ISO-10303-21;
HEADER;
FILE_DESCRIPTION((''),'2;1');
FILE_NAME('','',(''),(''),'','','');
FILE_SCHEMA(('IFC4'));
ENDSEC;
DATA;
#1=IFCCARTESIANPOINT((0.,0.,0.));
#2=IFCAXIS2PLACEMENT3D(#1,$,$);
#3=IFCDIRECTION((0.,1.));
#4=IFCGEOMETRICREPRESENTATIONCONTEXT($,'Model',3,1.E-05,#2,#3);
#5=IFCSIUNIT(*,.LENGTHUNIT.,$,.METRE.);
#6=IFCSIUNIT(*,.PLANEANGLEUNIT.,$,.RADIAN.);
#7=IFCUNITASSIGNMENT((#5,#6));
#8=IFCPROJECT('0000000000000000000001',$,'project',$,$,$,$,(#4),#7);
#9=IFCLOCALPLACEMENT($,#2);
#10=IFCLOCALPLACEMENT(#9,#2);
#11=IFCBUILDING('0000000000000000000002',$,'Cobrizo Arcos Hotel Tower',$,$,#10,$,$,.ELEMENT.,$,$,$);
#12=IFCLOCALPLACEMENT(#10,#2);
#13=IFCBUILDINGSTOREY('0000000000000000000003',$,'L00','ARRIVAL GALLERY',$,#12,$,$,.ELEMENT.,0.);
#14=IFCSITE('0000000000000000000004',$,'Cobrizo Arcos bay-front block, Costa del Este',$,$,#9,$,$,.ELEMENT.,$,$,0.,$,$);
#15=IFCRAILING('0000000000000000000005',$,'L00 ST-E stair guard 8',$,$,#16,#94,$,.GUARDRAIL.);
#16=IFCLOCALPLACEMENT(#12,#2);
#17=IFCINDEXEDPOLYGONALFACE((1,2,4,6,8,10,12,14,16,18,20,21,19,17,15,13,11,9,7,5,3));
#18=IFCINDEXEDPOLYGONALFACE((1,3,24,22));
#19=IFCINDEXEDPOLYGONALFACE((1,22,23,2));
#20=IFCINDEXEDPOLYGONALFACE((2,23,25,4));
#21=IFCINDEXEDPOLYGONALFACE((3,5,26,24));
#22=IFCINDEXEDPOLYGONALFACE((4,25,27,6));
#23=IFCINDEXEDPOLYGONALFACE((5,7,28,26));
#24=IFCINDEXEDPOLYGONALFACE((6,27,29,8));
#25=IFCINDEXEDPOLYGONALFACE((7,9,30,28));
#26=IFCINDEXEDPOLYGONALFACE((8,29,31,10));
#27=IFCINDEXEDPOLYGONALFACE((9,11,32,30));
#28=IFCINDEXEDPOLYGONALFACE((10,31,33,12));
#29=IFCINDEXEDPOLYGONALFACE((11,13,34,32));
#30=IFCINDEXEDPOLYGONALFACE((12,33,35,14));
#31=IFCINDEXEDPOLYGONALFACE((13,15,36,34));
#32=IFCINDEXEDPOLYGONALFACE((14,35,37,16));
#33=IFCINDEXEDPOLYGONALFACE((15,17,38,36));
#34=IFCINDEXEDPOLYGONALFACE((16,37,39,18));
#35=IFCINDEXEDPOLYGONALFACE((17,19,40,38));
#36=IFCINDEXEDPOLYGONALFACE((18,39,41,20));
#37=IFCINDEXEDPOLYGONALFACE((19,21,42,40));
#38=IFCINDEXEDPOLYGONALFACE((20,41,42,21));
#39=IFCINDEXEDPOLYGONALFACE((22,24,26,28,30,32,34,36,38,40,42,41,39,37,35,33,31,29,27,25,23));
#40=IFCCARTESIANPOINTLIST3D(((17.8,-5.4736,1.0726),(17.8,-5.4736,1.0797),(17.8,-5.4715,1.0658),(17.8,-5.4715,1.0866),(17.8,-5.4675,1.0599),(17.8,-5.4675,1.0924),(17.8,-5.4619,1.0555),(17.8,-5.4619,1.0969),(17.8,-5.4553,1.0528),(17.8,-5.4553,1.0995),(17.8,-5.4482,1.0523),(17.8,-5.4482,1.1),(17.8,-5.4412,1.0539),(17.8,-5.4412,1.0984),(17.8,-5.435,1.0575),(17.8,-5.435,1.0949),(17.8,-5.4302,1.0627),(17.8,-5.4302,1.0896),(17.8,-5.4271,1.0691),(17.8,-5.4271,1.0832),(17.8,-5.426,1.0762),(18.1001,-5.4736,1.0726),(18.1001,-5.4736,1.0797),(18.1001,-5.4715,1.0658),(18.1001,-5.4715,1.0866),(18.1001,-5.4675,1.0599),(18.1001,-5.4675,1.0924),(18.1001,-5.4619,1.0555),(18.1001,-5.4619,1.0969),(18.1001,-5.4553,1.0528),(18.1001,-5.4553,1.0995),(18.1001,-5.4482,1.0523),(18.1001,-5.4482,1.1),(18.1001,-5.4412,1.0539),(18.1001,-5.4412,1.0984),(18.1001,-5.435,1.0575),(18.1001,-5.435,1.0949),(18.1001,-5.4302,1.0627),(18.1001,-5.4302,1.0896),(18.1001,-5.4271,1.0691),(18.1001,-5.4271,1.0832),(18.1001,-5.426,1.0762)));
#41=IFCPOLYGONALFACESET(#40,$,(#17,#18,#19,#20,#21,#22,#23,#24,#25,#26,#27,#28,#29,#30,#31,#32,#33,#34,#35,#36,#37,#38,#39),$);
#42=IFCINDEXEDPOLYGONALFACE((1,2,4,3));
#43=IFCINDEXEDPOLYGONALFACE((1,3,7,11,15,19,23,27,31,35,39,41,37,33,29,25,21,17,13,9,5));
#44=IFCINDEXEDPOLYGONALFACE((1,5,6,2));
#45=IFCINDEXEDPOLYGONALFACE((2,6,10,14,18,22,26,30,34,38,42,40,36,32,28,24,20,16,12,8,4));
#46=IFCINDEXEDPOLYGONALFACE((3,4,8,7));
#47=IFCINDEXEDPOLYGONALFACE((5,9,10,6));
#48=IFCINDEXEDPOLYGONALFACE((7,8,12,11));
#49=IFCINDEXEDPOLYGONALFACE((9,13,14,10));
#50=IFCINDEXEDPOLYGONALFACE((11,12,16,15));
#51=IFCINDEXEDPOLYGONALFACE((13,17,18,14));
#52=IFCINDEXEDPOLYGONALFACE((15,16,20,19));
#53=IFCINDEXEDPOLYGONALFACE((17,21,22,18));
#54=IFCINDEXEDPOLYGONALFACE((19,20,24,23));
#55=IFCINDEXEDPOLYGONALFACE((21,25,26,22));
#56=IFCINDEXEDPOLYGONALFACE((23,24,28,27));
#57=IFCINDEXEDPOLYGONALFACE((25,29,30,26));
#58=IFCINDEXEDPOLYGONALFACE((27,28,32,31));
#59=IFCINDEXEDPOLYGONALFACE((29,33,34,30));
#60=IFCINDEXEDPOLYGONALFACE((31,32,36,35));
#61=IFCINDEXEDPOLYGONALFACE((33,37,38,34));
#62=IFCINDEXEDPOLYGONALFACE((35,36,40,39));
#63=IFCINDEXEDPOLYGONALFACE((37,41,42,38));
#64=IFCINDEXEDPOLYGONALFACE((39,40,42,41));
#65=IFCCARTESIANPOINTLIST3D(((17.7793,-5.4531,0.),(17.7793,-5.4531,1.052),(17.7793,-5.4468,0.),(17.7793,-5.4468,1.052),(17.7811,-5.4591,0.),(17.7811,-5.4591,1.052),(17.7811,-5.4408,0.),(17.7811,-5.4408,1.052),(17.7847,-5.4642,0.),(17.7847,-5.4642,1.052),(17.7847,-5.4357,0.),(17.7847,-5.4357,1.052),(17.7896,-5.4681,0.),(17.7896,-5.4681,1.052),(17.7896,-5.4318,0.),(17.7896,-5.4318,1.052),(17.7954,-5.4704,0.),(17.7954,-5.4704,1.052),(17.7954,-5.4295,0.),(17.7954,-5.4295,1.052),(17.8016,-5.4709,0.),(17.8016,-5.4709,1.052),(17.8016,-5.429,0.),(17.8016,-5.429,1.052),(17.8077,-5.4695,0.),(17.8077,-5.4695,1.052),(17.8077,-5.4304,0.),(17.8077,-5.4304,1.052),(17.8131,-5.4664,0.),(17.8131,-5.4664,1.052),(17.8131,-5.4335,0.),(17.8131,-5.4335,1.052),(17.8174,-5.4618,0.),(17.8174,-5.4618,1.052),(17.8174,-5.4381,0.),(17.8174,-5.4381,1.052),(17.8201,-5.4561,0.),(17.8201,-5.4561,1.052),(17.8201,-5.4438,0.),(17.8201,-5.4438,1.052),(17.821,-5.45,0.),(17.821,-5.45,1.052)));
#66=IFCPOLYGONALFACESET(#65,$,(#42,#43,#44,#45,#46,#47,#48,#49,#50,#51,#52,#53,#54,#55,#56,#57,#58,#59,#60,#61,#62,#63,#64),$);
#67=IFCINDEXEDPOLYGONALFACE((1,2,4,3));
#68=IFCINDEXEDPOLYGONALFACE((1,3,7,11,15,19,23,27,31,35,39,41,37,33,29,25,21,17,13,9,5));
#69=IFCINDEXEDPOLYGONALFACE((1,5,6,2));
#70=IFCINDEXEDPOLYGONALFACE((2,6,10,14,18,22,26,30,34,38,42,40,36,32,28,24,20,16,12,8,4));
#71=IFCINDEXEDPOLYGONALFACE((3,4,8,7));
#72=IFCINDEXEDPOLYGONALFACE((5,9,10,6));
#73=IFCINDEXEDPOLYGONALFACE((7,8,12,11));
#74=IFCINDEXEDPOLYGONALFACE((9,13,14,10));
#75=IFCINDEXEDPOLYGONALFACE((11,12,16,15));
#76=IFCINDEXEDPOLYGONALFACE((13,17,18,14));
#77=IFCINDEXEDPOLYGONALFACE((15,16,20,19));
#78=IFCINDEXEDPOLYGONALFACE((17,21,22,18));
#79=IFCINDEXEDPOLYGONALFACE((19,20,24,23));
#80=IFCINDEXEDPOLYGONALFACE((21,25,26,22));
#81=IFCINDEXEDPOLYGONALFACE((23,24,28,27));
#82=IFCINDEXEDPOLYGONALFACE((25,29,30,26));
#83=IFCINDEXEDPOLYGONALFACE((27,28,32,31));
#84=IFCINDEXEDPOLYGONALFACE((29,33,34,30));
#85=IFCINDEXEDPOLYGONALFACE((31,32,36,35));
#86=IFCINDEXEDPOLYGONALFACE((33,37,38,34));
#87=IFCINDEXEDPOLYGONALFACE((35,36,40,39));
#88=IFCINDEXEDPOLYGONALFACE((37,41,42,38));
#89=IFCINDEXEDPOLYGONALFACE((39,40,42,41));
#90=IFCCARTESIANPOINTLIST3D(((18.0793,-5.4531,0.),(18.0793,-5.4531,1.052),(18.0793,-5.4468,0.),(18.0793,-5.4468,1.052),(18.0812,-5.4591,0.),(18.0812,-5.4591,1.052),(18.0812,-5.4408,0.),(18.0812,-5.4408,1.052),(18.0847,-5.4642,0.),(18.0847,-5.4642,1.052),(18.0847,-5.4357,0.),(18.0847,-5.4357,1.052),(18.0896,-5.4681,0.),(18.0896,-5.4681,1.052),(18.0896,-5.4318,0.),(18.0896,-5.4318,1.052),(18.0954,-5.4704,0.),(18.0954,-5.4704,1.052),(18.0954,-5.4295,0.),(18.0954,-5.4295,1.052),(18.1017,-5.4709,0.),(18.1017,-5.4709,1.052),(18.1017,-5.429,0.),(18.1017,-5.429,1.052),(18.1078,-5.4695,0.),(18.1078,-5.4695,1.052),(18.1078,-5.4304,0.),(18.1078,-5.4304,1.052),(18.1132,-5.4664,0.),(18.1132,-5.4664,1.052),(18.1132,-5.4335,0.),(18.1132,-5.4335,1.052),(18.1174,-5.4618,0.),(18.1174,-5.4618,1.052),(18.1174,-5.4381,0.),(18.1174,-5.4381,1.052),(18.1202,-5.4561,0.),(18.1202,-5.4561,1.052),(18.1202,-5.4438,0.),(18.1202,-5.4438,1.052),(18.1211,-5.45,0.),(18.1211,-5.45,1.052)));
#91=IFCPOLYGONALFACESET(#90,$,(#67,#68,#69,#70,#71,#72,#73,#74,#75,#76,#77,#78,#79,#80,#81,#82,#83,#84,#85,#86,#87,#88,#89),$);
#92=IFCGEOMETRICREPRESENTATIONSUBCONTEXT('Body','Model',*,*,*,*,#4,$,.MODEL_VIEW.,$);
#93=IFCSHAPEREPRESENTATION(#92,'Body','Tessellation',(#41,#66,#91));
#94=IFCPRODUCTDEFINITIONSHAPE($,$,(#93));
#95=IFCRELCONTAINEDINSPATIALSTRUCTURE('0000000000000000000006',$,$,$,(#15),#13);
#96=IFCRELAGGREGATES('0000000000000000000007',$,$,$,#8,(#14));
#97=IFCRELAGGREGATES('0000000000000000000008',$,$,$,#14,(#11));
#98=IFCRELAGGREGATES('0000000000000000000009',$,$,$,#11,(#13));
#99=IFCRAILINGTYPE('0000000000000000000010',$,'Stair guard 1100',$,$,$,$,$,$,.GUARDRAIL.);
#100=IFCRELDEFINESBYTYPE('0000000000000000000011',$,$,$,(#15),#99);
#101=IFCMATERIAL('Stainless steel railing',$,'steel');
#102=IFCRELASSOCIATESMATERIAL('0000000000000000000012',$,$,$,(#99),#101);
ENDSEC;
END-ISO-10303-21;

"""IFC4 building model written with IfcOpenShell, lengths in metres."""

from ifc_helpers import new_model, si_unit, direction, frame, origin, origin_2d, place, context, subcontext, project, spatial, circle, extrude, material, type_object, element, save


model = new_model("IFC4")

# Units and contexts
model_context = context("Model", 3, precision=1e-05, world=origin(), true_north=direction((0.0, 1.0)))
body_context = subcontext(model_context, "Body", "Model", "MODEL_VIEW")
ifc_project = project(units=[si_unit("LENGTHUNIT", "METRE"), si_unit("PLANEANGLEUNIT", "RADIAN")], contexts=[model_context])

# Site, building, storey
site_placement = place(None, origin())
site = spatial("IfcSite", under=ifc_project, at=site_placement, Name="Cobrizo Arcos bay-front block, Costa del Este", CompositionType="ELEMENT", RefElevation=0.0)
building_placement = place(site_placement, origin())
building = spatial("IfcBuilding", under=site, at=building_placement, Name="Cobrizo Arcos Hotel Tower", CompositionType="ELEMENT")
storey_placement = place(building_placement, origin())
storey = spatial("IfcBuildingStorey", under=building, at=storey_placement, Name="L00", Description="ARRIVAL GALLERY", CompositionType="ELEMENT", Elevation=0.0)

# Railing
ifc_material_1 = material(Name="Stainless steel railing", Category="steel")
railing_type_1 = type_object("IfcRailingType", Name="Stair guard 1100", PredefinedType="GUARDRAIL", material=ifc_material_1)
railing_1_placement = place(storey_placement, frame((17.8, -5.45, 0.0)))
element("IfcRailing", 1, at=railing_1_placement, inside=storey, type_object=railing_type_1, Name="L00 ST-E stair guard 8", PredefinedType="GUARDRAIL", context=body_context, shape_type="SweptSolid", body=[
    extrude(circle(Radius=0.0239, at=origin_2d()), frame((0.0, 0.0, 1.0762), z_axis=(1.0, 0.0, 0.0), x_axis=(0.0, 1.0, 0.0)), (0.0, 0.0, 1.0), 0.3),
    extrude(circle(Radius=0.021, at=origin_2d()), origin(), (0.0, 0.0, 1.0), 1.052),
    extrude(circle(Radius=0.021, at=origin_2d()), frame((0.3, 0.0, 0.0)), (0.0, 0.0, 1.0), 1.052),
])

save(model, "model.ifc")
